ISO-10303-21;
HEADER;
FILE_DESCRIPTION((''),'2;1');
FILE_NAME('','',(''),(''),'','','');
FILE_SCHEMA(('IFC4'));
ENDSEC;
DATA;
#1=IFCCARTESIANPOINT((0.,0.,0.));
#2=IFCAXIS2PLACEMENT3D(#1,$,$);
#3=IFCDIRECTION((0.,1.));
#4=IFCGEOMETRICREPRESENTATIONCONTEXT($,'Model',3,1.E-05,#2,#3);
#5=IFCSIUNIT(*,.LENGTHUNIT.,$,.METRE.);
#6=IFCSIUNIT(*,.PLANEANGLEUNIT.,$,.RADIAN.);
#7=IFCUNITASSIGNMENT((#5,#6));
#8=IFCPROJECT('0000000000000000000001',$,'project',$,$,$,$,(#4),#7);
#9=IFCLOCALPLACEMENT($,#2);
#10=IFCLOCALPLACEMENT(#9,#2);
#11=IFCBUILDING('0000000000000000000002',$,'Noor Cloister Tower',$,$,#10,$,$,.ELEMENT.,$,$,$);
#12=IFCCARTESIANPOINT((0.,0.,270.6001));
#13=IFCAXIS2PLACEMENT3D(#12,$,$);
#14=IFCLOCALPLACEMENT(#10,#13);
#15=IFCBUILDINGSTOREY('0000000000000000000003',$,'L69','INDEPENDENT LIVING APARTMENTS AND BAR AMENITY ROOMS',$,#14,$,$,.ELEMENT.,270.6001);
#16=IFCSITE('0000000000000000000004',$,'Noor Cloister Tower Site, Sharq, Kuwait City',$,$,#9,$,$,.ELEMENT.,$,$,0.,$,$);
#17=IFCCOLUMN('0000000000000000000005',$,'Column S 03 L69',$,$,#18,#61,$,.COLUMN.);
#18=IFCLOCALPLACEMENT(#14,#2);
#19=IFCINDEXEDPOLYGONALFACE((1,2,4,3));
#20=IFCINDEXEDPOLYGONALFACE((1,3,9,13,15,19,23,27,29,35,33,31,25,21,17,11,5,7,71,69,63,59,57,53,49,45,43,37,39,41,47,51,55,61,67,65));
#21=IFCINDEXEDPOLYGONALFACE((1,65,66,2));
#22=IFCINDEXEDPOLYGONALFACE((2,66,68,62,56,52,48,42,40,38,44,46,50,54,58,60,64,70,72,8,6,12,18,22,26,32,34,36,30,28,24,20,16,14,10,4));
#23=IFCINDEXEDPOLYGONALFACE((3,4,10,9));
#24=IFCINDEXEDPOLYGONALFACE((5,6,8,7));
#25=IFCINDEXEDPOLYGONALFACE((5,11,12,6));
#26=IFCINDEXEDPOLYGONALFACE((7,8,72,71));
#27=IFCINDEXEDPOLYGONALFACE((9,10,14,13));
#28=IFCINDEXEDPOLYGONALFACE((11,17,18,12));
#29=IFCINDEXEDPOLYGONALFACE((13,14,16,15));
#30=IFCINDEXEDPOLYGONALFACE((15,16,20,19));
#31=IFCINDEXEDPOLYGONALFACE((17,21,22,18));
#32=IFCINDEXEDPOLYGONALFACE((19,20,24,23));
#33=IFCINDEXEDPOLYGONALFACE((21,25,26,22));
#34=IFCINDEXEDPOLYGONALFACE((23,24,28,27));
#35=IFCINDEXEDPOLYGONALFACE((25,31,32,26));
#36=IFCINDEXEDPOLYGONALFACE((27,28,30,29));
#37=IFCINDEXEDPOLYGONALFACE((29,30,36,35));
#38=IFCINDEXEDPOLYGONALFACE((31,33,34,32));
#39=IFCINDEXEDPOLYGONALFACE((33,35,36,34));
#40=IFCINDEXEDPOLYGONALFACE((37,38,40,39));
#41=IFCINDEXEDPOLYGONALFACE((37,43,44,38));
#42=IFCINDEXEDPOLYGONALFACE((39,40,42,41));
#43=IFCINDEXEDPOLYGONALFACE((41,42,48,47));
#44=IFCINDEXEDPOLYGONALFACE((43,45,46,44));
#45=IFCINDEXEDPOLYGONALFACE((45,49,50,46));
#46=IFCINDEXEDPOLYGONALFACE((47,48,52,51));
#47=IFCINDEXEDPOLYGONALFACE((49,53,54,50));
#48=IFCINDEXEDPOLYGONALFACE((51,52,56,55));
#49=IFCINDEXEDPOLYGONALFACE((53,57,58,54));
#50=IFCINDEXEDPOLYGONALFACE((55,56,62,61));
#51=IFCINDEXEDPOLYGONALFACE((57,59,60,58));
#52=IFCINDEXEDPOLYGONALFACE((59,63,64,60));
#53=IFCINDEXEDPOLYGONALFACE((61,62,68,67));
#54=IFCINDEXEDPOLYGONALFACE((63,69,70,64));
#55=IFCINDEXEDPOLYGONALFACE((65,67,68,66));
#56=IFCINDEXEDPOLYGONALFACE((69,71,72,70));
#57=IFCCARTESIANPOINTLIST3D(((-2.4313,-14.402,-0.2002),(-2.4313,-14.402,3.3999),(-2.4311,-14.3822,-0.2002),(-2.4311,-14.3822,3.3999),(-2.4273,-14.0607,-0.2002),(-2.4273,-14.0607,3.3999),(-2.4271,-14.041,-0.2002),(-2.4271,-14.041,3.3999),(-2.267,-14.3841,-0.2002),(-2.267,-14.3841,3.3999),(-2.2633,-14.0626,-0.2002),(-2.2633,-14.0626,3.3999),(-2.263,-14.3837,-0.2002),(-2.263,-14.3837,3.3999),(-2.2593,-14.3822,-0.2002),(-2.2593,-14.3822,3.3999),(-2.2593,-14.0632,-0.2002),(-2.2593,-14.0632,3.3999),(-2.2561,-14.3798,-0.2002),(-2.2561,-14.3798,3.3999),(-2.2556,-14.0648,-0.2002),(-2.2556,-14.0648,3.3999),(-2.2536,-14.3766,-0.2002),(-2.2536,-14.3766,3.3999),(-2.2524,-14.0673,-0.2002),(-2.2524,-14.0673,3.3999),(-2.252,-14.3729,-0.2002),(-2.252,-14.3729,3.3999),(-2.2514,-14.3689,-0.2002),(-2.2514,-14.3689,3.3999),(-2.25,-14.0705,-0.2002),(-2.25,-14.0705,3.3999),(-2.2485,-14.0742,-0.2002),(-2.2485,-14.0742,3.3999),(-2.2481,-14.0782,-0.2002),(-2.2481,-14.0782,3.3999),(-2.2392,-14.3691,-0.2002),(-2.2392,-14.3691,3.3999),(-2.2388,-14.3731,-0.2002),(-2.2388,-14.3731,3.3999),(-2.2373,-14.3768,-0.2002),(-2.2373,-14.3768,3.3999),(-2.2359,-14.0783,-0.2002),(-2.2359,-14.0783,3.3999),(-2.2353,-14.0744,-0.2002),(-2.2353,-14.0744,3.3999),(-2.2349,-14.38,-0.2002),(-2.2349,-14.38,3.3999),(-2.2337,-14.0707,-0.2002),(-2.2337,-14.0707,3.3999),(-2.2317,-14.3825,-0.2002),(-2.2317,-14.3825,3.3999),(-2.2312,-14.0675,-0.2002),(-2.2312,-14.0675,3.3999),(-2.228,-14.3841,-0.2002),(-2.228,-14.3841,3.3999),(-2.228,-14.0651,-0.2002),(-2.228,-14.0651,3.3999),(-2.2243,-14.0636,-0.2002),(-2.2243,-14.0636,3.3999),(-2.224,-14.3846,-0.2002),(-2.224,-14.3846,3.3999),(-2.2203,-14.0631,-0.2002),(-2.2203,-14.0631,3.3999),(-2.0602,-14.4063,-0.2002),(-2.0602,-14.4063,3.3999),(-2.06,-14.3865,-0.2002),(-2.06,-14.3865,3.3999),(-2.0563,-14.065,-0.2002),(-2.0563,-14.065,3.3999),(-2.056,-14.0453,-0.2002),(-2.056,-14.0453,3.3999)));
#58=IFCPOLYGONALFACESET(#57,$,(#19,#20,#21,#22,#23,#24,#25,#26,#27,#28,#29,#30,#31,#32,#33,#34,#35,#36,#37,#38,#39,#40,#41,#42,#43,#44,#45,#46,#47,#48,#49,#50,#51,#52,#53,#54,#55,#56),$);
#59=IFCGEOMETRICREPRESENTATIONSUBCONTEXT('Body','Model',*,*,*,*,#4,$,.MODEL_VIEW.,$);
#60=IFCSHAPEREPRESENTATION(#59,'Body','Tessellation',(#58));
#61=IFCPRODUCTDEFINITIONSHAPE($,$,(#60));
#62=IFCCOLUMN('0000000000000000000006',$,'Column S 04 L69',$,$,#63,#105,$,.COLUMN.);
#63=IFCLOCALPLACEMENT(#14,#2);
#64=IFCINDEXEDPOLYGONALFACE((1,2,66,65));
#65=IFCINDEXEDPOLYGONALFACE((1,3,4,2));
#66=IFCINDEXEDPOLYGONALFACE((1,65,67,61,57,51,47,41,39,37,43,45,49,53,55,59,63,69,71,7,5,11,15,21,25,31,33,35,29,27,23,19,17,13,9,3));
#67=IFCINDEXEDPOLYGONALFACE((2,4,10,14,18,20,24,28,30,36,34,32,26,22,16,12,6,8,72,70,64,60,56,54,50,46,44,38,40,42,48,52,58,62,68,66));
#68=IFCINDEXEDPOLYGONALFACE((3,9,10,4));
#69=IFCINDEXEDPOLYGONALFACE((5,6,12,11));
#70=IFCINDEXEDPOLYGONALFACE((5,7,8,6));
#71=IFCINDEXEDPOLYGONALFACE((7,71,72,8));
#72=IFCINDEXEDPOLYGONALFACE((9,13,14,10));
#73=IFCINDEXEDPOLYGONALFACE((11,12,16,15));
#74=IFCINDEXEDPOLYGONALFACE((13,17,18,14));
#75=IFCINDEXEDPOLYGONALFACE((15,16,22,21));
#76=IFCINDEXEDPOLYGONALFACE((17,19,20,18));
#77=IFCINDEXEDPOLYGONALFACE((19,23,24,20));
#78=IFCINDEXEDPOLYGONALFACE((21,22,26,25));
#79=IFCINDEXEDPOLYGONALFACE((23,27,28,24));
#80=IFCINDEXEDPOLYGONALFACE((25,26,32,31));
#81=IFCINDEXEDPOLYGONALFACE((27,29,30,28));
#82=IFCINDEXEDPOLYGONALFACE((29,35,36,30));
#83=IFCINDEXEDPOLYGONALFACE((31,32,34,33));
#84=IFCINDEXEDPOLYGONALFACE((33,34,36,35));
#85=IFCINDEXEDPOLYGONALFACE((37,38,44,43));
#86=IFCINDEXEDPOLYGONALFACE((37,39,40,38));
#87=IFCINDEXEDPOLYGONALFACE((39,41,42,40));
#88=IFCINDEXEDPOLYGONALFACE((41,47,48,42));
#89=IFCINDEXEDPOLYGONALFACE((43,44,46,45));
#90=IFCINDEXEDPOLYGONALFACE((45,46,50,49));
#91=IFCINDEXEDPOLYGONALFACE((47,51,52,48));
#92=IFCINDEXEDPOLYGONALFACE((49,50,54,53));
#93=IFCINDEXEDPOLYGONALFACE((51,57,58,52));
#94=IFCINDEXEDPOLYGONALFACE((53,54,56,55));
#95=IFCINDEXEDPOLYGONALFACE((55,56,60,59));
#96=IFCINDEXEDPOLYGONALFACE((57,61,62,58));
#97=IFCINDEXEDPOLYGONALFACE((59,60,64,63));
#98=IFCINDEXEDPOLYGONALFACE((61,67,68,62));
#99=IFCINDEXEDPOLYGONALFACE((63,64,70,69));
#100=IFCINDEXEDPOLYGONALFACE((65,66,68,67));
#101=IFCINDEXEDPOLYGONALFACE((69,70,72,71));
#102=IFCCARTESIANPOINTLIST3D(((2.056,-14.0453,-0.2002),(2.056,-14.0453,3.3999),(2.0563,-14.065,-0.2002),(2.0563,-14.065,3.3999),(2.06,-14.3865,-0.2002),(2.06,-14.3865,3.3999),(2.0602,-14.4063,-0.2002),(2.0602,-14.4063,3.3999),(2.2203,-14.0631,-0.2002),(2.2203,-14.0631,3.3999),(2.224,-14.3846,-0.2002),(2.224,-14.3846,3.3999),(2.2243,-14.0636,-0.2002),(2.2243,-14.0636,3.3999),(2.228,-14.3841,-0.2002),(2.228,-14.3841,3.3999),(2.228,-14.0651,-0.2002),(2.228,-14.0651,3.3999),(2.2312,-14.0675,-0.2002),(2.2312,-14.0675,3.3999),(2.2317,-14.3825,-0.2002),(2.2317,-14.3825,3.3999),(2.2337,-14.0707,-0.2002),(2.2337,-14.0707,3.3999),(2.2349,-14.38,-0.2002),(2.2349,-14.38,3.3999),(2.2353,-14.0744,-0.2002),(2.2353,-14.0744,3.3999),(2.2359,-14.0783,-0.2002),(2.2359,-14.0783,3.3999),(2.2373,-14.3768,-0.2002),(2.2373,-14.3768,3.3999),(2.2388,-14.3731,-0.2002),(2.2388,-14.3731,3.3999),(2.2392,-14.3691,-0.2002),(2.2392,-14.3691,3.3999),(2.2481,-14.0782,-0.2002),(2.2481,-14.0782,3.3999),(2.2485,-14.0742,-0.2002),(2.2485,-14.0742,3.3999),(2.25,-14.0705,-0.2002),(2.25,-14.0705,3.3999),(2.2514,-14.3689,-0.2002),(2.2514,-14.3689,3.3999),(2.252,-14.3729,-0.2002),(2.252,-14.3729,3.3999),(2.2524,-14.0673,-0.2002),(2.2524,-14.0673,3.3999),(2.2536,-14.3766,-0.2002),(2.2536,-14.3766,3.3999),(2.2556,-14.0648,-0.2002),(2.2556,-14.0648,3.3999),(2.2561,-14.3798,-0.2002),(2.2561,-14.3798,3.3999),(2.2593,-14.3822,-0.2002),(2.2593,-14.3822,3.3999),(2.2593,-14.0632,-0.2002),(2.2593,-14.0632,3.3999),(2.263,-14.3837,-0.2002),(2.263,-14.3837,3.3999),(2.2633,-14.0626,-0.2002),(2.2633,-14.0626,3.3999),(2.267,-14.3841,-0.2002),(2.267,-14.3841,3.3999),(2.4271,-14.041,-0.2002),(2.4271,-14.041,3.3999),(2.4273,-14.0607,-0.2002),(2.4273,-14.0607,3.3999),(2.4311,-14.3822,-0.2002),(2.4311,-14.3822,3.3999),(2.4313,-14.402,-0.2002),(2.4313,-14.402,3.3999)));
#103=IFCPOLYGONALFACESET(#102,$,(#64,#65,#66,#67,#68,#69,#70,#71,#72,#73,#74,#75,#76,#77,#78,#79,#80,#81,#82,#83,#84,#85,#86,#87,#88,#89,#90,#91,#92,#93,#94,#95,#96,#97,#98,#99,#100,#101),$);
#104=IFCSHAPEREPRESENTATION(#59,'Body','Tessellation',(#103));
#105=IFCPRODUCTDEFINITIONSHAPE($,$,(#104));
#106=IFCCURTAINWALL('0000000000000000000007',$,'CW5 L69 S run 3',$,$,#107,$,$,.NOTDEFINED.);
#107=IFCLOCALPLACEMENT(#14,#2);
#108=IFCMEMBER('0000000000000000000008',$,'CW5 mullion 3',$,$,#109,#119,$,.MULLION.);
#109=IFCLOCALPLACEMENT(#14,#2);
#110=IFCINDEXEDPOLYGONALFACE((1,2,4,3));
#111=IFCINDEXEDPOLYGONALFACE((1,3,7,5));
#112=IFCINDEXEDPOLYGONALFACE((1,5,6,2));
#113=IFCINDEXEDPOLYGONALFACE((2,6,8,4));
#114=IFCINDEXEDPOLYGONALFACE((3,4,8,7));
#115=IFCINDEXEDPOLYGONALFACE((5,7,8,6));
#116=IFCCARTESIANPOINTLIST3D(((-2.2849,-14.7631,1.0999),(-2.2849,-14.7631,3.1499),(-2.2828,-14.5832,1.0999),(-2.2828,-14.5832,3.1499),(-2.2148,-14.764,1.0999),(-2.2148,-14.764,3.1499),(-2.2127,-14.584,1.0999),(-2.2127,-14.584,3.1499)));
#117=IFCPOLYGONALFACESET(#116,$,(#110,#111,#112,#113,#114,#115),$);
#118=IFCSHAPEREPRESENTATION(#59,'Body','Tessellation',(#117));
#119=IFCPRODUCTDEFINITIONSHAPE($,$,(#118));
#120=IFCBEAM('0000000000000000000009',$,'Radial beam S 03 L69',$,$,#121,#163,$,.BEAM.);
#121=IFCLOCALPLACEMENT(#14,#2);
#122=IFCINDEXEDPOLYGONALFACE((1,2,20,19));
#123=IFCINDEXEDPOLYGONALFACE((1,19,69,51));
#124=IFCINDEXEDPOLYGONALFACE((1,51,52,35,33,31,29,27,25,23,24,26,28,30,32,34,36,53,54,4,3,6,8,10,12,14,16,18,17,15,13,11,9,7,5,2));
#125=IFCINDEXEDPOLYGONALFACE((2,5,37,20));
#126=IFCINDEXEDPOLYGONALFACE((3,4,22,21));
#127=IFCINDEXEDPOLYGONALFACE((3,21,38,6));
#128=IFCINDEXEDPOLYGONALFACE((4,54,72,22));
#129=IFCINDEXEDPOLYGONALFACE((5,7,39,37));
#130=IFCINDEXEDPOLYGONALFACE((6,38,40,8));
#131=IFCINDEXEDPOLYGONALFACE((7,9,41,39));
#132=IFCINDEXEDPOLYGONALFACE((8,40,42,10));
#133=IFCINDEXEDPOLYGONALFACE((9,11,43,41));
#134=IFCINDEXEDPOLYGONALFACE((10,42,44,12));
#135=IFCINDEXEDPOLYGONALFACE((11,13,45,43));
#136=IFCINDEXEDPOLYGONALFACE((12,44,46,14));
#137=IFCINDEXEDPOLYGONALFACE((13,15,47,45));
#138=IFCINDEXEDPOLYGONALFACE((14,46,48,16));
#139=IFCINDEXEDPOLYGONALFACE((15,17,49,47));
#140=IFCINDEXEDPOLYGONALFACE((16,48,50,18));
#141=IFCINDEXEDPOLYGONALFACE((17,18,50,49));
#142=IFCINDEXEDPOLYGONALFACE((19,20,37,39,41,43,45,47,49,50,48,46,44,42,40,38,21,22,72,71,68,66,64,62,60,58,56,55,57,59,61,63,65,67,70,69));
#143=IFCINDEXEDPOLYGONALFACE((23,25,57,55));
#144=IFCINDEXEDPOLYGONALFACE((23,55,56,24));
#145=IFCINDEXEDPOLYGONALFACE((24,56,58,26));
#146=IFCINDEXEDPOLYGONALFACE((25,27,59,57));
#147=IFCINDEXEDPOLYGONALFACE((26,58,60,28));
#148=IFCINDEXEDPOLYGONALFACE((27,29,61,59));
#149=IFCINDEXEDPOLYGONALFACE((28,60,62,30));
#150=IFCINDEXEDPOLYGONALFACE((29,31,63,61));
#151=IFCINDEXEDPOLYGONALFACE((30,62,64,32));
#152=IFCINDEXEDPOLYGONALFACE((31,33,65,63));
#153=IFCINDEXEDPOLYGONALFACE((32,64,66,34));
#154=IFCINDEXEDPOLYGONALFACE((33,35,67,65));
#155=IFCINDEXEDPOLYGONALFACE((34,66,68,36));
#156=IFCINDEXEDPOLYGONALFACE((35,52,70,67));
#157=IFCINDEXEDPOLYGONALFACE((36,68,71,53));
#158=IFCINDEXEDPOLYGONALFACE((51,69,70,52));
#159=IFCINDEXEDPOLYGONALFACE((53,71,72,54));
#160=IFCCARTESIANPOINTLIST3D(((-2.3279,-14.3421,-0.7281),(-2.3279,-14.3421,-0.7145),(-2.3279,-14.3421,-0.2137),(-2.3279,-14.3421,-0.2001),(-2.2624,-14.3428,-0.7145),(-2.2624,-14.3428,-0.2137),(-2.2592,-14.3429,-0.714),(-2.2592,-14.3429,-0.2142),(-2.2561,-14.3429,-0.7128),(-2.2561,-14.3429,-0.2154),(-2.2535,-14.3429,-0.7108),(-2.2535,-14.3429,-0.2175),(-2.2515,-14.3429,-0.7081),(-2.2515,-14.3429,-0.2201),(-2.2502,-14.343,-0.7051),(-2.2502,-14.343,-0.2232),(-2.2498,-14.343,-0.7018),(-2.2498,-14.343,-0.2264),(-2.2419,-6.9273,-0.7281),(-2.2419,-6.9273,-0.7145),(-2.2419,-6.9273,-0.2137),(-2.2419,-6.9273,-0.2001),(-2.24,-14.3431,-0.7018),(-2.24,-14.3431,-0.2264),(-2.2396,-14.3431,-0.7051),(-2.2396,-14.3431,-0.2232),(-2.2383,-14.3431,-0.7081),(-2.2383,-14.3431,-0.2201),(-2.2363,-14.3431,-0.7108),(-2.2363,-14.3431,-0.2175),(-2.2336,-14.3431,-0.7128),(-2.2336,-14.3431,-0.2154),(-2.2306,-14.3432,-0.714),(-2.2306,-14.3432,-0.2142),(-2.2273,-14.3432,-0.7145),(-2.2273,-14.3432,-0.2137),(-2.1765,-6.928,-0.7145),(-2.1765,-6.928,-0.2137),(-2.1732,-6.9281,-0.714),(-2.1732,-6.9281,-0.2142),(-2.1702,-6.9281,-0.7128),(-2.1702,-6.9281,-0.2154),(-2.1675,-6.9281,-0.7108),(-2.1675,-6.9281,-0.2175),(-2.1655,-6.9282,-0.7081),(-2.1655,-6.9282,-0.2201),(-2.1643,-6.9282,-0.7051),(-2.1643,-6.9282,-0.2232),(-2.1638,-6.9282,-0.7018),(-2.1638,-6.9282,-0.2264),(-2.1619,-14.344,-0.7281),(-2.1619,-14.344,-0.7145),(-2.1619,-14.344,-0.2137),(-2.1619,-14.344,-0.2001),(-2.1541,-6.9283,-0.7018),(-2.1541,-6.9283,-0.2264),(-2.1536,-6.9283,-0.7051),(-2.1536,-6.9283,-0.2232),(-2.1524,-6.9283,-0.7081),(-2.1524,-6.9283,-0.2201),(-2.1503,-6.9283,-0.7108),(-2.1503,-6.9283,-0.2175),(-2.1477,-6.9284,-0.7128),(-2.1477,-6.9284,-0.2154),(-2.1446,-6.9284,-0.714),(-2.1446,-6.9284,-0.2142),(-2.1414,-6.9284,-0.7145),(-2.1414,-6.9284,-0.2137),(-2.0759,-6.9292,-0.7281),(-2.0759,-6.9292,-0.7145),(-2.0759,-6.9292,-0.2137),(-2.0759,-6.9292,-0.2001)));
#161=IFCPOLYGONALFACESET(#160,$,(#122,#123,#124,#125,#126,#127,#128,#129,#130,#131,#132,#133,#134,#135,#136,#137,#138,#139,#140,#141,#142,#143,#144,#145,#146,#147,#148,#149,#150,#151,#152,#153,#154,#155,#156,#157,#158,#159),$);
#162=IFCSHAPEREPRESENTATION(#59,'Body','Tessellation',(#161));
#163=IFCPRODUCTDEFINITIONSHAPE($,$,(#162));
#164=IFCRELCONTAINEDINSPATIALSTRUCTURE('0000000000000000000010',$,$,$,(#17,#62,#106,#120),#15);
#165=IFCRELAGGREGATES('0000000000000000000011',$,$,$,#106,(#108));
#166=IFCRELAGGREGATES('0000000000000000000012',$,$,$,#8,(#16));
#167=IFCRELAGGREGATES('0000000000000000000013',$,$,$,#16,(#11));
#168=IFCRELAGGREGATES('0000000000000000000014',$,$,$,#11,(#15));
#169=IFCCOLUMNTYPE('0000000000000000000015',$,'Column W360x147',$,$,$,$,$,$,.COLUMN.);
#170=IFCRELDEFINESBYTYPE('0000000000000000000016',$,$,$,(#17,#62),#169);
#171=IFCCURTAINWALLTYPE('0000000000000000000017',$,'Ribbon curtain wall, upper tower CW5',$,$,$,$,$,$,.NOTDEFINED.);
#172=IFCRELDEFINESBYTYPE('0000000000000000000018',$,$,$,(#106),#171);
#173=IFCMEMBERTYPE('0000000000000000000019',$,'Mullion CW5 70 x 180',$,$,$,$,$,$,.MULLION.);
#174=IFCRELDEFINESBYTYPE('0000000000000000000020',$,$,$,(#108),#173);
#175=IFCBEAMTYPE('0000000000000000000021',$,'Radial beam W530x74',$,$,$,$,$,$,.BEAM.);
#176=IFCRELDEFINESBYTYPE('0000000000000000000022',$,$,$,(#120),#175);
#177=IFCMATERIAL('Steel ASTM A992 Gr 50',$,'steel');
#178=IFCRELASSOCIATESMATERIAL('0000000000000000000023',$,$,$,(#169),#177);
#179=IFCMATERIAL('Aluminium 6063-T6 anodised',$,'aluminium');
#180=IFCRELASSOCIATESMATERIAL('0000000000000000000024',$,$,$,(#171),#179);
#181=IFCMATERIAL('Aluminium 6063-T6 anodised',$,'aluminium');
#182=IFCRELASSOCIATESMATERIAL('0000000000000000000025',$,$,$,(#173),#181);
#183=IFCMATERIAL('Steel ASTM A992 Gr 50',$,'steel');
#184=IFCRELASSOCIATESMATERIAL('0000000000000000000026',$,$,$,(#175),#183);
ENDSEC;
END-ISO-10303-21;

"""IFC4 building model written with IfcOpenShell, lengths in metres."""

from ifc_helpers import new_model, si_unit, direction, frame, origin, origin_2d, place, context, subcontext, project, spatial, rectangle, i_section, extrude, material, material_profile, profile_set, type_object, element, aggregate, save


model = new_model("IFC4")

# Units and contexts
model_context = context("Model", 3, precision=1e-05, world=origin(), true_north=direction((0.0, 1.0)))
body_context = subcontext(model_context, "Body", "Model", "MODEL_VIEW")
ifc_project = project(units=[si_unit("LENGTHUNIT", "METRE"), si_unit("PLANEANGLEUNIT", "RADIAN")], contexts=[model_context])

# Site, building, storey
site_placement = place(None, origin())
site = spatial("IfcSite", under=ifc_project, at=site_placement, Name="Noor Cloister Tower Site, Sharq, Kuwait City", CompositionType="ELEMENT", RefElevation=0.0)
building_placement = place(site_placement, origin())
building = spatial("IfcBuilding", under=site, at=building_placement, Name="Noor Cloister Tower", CompositionType="ELEMENT")
storey_placement = place(building_placement, frame((0.0, 0.0, 270.6001)))
storey = spatial("IfcBuildingStorey", under=building, at=storey_placement, Name="L69", Description="INDEPENDENT LIVING APARTMENTS AND BAR AMENITY ROOMS", CompositionType="ELEMENT", Elevation=270.6001)

# Columns
ifc_material_1 = material(Name="Steel ASTM A992 Gr 50", Category="steel")
ifc_material_profile_1 = material_profile(ifc_material_1, i_section(OverallWidth=0.3711, OverallDepth=0.3611, WebThickness=0.0122, FlangeThickness=0.0198, FilletRadius=0.0154, at=origin_2d()), Name="W360x147")
ifc_profile_set_1 = profile_set([ifc_material_profile_1], Name="Steel ASTM A992 Gr 50")
column_type = type_object("IfcColumnType", Name="Column W360x147", PredefinedType="COLUMN", material=ifc_profile_set_1)
for number, where, z_axis, x_axis, name in (
    (1, (-2.2437, -14.2236, -0.2002), (0.0, 0.0, 1.0), (0.999933, -0.011596, 0.0), "Column S 03 L69"),
    (2, (2.2437, -14.2236, -0.2002), (0.0, 0.0, 1.0), (0.999933, 0.011596, 0.0), "Column S 04 L69"),
):
    element("IfcColumn", number, at=place(storey_placement, frame(where, z_axis=z_axis, x_axis=x_axis)), inside=storey, type_object=column_type, Name=name, PredefinedType="COLUMN", context=body_context, shape_type="SweptSolid", body=[
        extrude(i_section(OverallWidth=0.3711, OverallDepth=0.3611, WebThickness=0.0122, FlangeThickness=0.0198, FilletRadius=0.0154, at=origin_2d()), origin(), (0.0, 0.0, 1.0), 3.6001),
    ])

# Curtain wall, member
ifc_material_2 = material(Name="Aluminium 6063-T6 anodised", Category="aluminium")
curtain_wall_type = type_object("IfcCurtainWallType", Name="Ribbon curtain wall, upper tower CW5", PredefinedType="NOTDEFINED", material=ifc_material_2)
curtain_wall_placement = place(storey_placement, origin())
curtain_wall = element("IfcCurtainWall", 3, at=curtain_wall_placement, inside=storey, type_object=curtain_wall_type, Name="CW5 L69 S run 3", PredefinedType="NOTDEFINED")
ifc_material_3 = material(Name="Aluminium 6063-T6 anodised", Category="aluminium")
ifc_material_profile_2 = material_profile(ifc_material_3, rectangle(XDim=0.1799, YDim=0.0701, at=origin_2d()), Name="180 x 70 mullion")
ifc_profile_set_2 = profile_set([ifc_material_profile_2], Name="Aluminium 6063-T6 anodised")
member_type = type_object("IfcMemberType", Name="Mullion CW5 70 x 180", PredefinedType="MULLION", material=ifc_profile_set_2)
member_placement = place(storey_placement, frame((-2.2488, -14.6736, 1.0999), z_axis=(0.0, 0.0, 1.0), x_axis=(0.011596, 0.999933, 0.0)))
member = element("IfcMember", 4, at=member_placement, type_object=member_type, Name="CW5 mullion 3", PredefinedType="MULLION", context=body_context, shape_type="SweptSolid", body=[
    extrude(rectangle(XDim=0.1799, YDim=0.0701, at=origin_2d()), origin(), (0.0, 0.0, 1.0), 2.05),
])

# Beam
ifc_material_4 = material(Name="Steel ASTM A992 Gr 50", Category="steel")
ifc_material_profile_3 = material_profile(ifc_material_4, i_section(OverallWidth=0.166, OverallDepth=0.5281, WebThickness=0.0098, FlangeThickness=0.0137, FilletRadius=0.0127, at=origin_2d()), Name="W530x74")
ifc_profile_set_3 = profile_set([ifc_material_profile_3], Name="Steel ASTM A992 Gr 50")
beam_type_1 = type_object("IfcBeamType", Name="Radial beam W530x74", PredefinedType="BEAM", material=ifc_profile_set_3)
for number, where, z_axis, x_axis, name in (
    (5, (-2.2449, -14.343, -0.4641), (0.011589, 0.999933, 0.0), (-0.999933, 0.011589, 0.0), "Radial beam S 03 L69"),
):
    element("IfcBeam", number, at=place(storey_placement, frame(where, z_axis=z_axis, x_axis=x_axis)), inside=storey, type_object=beam_type_1, Name=name, PredefinedType="BEAM", context=body_context, shape_type="SweptSolid", body=[
        extrude(i_section(OverallWidth=0.166, OverallDepth=0.5281, WebThickness=0.0098, FlangeThickness=0.0137, FilletRadius=0.0127, at=origin_2d()), origin(), (0.0, 0.0, 1.0), 7.4153),
    ])

aggregate(curtain_wall, [member])

save(model, "model.ifc")
